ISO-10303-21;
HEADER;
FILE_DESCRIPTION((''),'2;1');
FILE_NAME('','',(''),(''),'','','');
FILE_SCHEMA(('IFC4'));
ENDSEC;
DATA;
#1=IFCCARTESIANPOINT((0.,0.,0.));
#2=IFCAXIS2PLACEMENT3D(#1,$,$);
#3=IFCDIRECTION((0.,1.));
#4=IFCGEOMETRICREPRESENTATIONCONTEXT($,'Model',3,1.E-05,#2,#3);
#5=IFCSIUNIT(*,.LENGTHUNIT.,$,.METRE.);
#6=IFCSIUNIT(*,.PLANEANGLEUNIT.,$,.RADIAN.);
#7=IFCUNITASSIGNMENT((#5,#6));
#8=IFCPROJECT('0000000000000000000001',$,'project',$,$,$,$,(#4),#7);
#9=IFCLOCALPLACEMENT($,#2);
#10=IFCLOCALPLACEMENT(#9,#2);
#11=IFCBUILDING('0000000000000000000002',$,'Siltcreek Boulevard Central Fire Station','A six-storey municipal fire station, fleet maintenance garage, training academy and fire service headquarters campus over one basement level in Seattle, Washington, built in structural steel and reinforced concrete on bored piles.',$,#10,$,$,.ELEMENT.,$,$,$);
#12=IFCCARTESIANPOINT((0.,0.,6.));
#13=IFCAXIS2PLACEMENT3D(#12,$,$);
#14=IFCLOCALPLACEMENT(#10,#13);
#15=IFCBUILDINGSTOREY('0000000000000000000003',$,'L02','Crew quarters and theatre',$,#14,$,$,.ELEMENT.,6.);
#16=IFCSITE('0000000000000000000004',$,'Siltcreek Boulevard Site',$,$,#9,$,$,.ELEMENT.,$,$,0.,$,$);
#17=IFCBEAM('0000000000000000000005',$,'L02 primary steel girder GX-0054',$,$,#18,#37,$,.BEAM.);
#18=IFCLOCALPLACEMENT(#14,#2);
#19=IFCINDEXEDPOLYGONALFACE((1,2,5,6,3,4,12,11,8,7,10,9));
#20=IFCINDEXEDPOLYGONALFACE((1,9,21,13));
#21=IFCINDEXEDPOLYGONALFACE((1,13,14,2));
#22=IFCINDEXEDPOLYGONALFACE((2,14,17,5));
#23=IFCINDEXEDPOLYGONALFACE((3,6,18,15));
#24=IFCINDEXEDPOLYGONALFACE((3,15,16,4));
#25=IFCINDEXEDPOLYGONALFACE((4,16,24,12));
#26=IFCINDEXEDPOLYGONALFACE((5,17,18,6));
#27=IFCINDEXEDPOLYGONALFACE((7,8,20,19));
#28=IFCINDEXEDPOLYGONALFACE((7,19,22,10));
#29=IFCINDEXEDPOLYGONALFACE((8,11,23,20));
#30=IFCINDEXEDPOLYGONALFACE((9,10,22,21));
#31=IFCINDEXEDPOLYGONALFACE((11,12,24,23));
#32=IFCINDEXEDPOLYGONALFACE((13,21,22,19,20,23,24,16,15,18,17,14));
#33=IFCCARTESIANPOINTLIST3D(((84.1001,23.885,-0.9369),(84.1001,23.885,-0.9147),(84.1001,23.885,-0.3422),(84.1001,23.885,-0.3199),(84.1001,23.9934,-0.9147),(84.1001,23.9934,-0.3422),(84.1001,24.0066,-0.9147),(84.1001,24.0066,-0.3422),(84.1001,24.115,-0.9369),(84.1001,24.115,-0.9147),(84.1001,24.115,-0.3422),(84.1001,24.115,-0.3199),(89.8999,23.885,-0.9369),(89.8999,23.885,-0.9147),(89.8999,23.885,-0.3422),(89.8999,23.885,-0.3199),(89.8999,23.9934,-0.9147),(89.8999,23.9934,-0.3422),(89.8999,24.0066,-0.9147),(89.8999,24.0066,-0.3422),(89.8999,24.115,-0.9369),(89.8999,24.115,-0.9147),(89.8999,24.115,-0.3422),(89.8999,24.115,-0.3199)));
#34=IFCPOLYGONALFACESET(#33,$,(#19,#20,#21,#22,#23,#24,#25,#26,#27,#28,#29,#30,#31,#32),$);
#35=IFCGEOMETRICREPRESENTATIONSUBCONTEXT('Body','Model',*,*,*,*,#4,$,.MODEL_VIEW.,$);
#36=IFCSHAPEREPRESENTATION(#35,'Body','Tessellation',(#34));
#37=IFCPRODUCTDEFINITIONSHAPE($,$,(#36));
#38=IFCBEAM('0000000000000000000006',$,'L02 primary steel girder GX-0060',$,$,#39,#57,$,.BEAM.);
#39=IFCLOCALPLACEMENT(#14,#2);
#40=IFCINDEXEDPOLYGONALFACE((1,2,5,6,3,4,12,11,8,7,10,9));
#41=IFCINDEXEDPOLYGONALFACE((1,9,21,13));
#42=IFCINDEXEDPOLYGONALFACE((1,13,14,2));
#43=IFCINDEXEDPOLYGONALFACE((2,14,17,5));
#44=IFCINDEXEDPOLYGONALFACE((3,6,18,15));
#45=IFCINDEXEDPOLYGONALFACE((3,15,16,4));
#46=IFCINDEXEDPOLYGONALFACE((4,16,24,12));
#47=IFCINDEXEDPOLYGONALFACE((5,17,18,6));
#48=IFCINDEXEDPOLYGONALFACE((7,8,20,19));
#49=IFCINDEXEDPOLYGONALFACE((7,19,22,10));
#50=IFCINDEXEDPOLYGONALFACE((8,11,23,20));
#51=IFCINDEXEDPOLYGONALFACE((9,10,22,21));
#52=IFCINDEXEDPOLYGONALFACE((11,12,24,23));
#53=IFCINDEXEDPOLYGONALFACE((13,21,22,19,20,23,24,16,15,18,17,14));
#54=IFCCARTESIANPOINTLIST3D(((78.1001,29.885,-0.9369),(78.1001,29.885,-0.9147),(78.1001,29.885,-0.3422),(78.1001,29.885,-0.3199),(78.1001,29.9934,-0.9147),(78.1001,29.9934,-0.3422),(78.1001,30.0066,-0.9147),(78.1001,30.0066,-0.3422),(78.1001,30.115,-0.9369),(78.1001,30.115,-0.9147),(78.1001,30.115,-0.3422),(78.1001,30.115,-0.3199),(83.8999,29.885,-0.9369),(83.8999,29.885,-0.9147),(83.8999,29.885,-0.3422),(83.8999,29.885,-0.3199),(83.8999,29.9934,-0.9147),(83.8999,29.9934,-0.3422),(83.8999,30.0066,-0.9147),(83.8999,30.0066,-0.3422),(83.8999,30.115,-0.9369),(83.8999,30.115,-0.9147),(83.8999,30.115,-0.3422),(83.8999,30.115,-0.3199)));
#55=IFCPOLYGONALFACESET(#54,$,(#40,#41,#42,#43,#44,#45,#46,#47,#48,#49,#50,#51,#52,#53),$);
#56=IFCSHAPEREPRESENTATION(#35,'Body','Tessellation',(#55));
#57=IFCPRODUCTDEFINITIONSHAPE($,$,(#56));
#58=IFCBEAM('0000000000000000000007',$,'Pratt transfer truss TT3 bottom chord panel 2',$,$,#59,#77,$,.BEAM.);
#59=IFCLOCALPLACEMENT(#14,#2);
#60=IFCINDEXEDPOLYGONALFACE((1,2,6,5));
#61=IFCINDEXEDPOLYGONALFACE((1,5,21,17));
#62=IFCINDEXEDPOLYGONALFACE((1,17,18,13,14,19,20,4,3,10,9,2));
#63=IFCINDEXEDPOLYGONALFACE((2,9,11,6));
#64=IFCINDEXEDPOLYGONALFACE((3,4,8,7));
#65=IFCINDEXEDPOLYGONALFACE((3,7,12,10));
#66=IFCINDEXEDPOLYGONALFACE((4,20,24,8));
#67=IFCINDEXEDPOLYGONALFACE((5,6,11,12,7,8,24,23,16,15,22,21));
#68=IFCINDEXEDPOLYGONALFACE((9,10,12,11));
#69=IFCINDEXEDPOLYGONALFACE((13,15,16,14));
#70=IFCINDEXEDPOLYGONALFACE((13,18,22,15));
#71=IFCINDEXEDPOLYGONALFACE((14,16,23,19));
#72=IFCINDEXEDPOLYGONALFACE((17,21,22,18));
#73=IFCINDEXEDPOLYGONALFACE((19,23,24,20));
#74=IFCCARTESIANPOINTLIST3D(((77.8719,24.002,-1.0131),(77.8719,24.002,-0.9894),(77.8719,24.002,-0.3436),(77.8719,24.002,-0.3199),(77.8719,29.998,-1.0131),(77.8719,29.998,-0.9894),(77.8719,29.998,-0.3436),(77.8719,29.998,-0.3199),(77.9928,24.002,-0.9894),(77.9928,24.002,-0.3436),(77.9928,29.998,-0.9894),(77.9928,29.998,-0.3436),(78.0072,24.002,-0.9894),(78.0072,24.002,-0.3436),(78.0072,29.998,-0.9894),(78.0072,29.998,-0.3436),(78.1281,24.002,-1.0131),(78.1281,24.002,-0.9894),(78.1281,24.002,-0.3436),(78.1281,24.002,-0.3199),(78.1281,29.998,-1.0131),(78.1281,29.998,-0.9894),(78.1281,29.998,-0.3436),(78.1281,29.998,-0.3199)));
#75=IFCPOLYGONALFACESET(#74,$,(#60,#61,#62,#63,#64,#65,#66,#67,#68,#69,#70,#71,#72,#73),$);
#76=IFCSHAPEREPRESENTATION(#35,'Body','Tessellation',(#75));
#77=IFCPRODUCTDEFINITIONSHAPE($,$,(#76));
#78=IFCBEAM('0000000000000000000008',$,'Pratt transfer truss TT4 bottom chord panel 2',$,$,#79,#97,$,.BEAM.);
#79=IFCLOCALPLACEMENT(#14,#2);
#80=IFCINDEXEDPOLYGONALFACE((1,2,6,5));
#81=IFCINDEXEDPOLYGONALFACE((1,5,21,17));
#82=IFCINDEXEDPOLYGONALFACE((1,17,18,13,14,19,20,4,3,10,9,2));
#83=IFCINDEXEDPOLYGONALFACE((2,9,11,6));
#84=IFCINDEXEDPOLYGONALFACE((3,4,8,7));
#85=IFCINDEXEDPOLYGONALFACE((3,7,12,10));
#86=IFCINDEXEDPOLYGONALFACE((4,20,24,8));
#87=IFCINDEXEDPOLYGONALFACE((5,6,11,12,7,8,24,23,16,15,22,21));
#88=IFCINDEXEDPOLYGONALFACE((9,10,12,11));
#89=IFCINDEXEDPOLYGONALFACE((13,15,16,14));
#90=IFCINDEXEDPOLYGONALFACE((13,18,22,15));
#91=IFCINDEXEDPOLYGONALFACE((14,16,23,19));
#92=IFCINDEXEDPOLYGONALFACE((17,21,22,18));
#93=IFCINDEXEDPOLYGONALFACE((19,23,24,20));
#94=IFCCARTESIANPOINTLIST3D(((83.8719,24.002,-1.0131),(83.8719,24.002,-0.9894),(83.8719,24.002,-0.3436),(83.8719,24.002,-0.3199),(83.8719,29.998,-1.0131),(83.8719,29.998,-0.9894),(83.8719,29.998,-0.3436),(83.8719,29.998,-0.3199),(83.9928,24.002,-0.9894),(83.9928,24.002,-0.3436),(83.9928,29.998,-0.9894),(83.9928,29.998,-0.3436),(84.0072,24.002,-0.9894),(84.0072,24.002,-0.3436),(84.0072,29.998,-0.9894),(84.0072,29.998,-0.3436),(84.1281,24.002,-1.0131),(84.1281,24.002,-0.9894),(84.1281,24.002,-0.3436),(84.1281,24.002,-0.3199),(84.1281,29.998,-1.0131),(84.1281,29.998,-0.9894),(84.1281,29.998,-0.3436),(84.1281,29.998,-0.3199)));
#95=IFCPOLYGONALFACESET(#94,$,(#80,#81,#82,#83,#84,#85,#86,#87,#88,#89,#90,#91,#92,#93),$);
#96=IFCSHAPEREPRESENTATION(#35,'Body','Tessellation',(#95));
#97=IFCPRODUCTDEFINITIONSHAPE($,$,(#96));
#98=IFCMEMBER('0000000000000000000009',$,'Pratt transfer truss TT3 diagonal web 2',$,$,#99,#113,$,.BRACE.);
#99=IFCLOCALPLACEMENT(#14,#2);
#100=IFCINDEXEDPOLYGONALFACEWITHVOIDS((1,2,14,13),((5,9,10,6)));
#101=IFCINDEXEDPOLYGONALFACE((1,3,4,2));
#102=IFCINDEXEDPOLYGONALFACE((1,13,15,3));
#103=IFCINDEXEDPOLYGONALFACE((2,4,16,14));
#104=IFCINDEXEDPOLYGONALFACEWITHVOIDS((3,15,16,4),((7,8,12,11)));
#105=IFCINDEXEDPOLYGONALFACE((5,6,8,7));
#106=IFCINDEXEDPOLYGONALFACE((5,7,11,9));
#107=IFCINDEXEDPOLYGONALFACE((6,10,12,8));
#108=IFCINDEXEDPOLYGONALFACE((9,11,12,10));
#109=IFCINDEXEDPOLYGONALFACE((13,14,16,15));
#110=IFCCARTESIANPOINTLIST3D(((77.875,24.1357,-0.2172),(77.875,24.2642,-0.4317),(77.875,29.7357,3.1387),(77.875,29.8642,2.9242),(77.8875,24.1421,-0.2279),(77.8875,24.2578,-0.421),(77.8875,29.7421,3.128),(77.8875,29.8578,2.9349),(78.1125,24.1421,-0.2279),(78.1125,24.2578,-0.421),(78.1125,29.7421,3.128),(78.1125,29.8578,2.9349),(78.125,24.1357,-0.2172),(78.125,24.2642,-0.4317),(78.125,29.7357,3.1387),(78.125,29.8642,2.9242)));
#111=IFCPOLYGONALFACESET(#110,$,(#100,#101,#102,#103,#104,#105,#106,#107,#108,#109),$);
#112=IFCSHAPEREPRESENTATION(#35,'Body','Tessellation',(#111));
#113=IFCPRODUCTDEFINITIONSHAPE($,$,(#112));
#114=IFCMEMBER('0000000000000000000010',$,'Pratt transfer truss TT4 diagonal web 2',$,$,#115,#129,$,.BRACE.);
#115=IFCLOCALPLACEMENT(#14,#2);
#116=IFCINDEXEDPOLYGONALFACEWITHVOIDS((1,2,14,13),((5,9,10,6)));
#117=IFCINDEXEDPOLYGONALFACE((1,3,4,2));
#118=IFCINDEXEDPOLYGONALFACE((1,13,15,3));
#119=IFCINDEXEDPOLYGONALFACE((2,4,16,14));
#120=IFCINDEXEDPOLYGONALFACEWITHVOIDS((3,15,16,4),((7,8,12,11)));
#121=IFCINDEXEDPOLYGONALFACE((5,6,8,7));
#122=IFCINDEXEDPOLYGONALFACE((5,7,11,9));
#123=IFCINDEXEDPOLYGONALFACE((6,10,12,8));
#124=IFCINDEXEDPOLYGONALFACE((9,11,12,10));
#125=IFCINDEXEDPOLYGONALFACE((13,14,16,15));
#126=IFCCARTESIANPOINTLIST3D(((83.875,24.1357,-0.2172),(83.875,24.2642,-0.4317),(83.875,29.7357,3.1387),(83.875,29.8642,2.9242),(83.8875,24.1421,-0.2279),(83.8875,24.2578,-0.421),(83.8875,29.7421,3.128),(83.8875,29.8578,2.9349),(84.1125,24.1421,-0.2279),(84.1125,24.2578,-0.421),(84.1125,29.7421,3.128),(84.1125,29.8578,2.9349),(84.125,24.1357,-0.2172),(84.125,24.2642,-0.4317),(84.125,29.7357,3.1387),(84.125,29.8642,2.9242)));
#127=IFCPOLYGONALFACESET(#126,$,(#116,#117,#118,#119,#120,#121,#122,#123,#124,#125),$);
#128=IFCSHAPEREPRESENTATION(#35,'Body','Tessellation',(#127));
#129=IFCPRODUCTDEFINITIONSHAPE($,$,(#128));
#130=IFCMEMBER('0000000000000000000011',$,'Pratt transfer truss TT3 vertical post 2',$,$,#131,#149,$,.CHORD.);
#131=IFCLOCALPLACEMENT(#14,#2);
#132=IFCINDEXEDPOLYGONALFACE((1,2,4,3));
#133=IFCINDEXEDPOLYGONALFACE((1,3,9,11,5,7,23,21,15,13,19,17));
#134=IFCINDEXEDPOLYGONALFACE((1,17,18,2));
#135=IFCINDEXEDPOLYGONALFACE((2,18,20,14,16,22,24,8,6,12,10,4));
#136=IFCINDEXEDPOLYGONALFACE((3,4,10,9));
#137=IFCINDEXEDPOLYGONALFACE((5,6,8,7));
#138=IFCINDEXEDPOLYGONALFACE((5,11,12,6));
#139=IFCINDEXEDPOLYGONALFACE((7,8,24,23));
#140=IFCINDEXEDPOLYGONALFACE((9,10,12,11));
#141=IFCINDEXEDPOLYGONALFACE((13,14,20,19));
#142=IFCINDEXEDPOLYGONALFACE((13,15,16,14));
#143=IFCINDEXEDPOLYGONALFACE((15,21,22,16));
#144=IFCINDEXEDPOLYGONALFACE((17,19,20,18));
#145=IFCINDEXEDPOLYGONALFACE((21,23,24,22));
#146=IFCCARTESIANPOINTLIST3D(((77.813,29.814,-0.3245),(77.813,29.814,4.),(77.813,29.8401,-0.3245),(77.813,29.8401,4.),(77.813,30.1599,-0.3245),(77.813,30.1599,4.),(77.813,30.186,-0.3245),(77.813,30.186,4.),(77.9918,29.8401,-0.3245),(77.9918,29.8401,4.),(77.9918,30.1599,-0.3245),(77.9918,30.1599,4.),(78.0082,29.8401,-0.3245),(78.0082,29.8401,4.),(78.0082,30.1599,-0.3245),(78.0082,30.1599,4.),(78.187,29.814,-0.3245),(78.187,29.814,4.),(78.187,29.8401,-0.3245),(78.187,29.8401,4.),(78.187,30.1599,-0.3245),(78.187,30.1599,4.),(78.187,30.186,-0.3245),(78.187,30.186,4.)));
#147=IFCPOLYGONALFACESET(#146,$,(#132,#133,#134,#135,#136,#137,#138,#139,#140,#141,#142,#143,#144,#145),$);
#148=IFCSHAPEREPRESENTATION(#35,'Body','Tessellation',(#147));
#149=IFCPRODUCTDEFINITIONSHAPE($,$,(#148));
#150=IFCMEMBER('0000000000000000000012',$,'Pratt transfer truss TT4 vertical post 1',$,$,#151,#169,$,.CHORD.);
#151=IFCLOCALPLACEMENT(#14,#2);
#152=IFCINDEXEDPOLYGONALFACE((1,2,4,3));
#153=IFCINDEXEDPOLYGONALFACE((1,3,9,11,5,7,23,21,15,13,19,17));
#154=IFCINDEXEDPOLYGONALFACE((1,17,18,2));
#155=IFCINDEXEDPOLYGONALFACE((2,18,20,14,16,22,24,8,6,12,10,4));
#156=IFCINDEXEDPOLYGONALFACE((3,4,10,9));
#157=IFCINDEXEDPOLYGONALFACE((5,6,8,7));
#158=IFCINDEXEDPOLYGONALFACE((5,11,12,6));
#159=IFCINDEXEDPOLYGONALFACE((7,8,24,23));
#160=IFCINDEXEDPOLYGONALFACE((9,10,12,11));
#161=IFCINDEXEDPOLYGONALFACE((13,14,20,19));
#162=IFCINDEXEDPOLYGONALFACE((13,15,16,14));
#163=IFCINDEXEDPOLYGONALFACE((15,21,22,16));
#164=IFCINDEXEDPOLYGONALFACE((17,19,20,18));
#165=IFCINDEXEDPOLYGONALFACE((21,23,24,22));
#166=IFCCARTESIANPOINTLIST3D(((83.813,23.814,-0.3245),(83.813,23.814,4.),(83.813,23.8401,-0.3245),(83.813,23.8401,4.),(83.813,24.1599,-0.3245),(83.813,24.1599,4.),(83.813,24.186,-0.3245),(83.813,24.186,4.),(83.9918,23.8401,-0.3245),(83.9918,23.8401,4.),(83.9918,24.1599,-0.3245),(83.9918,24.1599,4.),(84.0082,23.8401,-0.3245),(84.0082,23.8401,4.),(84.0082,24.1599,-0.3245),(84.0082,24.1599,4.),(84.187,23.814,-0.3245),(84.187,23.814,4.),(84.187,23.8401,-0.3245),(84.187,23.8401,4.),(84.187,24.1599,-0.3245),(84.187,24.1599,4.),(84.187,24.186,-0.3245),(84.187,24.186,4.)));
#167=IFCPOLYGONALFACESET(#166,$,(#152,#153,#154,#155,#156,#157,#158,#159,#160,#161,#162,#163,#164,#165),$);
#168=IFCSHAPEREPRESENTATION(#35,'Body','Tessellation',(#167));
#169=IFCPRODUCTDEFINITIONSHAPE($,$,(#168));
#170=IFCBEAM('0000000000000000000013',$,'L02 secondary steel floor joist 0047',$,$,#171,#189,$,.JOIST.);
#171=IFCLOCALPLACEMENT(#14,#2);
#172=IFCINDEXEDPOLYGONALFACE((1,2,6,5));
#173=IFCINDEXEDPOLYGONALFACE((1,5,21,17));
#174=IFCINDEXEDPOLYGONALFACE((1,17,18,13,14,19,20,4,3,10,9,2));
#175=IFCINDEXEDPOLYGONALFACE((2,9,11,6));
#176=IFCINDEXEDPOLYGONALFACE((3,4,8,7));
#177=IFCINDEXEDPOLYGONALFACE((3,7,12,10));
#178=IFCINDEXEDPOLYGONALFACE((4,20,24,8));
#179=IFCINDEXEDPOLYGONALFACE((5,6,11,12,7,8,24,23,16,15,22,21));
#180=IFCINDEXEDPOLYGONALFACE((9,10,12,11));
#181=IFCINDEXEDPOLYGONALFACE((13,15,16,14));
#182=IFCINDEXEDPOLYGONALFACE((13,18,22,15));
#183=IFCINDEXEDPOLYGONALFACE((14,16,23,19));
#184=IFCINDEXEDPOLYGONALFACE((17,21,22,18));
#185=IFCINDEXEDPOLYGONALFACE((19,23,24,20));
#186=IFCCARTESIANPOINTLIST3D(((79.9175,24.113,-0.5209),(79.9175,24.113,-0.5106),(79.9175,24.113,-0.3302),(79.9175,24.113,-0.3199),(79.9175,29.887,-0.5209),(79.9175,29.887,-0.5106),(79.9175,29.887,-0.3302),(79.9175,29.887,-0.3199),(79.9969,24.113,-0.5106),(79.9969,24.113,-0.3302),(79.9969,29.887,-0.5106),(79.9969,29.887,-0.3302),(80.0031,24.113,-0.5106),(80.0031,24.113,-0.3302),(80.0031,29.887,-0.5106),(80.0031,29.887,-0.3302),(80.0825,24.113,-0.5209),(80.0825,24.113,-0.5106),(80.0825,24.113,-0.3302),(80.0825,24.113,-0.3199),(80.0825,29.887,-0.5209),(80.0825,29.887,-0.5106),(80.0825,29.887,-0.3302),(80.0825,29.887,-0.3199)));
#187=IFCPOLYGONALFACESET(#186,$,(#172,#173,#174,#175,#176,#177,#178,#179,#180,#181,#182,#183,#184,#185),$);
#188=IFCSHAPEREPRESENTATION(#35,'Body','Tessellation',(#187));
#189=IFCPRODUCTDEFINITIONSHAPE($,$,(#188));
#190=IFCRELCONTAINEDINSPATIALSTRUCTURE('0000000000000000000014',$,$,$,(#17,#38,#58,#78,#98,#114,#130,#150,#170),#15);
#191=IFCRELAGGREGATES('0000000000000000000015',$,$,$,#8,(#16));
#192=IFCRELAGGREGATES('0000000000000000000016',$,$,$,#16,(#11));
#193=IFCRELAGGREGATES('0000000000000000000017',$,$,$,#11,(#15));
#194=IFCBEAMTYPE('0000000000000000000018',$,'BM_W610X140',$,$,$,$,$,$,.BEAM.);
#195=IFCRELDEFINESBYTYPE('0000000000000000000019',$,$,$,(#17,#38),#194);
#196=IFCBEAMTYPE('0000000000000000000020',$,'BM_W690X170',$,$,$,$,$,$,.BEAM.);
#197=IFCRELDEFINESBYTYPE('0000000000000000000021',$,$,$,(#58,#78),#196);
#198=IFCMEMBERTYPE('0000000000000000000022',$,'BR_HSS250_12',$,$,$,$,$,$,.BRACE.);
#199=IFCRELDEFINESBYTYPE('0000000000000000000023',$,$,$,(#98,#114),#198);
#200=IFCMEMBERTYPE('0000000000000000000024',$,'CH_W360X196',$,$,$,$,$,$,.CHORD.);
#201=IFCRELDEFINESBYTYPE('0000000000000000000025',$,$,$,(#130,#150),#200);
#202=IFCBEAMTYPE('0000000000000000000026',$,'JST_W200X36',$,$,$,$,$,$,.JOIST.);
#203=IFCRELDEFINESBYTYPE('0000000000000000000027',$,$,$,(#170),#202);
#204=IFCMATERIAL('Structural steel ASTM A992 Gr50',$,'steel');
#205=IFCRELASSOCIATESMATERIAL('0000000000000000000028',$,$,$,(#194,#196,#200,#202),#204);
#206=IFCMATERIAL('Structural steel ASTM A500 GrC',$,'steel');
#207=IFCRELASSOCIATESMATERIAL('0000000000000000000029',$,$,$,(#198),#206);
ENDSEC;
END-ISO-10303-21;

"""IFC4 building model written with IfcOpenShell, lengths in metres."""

from ifc_helpers import new_model, si_unit, direction, frame, origin, origin_2d, place, context, subcontext, project, spatial, hollow_rectangle, i_section, extrude, material, material_profile, profile_set, type_object, element, save


model = new_model("IFC4")

# Units and contexts
model_context = context("Model", 3, precision=1e-05, world=origin(), true_north=direction((0.0, 1.0)))
body_context = subcontext(model_context, "Body", "Model", "MODEL_VIEW")
ifc_project = project(units=[si_unit("LENGTHUNIT", "METRE"), si_unit("PLANEANGLEUNIT", "RADIAN")], contexts=[model_context])

# Site, building, storey
site_placement = place(None, origin())
site = spatial("IfcSite", under=ifc_project, at=site_placement, Name="Siltcreek Boulevard Site", CompositionType="ELEMENT", RefElevation=0.0)
building_placement = place(site_placement, origin())
building = spatial("IfcBuilding", under=site, at=building_placement, Name="Siltcreek Boulevard Central Fire Station", Description="A six-storey municipal fire station, fleet maintenance garage, training academy and fire service headquarters campus over one basement level in Seattle, Washington, built in structural steel and reinforced concrete on bored piles.", CompositionType="ELEMENT")
storey_placement = place(building_placement, frame((0.0, 0.0, 6.0)))
storey = spatial("IfcBuildingStorey", under=building, at=storey_placement, Name="L02", Description="Crew quarters and theatre", CompositionType="ELEMENT", Elevation=6.0)

# Beams
ifc_material_1 = material(Name="Structural steel ASTM A992 Gr50", Category="steel")
ifc_material_profile_1 = material_profile(ifc_material_1, i_section(OverallWidth=0.23, OverallDepth=0.6169, WebThickness=0.0132, FlangeThickness=0.0222, at=origin_2d()), Name="W610X140")
ifc_profile_set_1 = profile_set([ifc_material_profile_1], Name="Structural steel ASTM A992 Gr50")
beam_type_1 = type_object("IfcBeamType", Name="BM_W610X140", PredefinedType="BEAM", material=ifc_profile_set_1)
for number, where, z_axis, x_axis, name in (
    (1, (84.1001, 24.0, -0.6284), (1.0, 0.0, 0.0), (0.0, 1.0, 0.0), "L02 primary steel girder GX-0054"),
    (2, (78.1001, 30.0, -0.6284), (1.0, 0.0, 0.0), (0.0, 1.0, 0.0), "L02 primary steel girder GX-0060"),
):
    element("IfcBeam", number, at=place(storey_placement, frame(where, z_axis=z_axis, x_axis=x_axis)), inside=storey, type_object=beam_type_1, Name=name, PredefinedType="BEAM", context=body_context, shape_type="SweptSolid", body=[
        extrude(i_section(OverallWidth=0.23, OverallDepth=0.6169, WebThickness=0.0132, FlangeThickness=0.0222, at=origin_2d()), origin(), (0.0, 0.0, 1.0), 5.7998),
    ])
ifc_material_profile_2 = material_profile(ifc_material_1, i_section(OverallWidth=0.2561, OverallDepth=0.6931, WebThickness=0.0144, FlangeThickness=0.0237, at=origin_2d()), Name="W690X170")
ifc_profile_set_2 = profile_set([ifc_material_profile_2], Name="Structural steel ASTM A992 Gr50")
beam_type_2 = type_object("IfcBeamType", Name="BM_W690X170", PredefinedType="BEAM", material=ifc_profile_set_2)
for number, where, z_axis, x_axis, name in (
    (3, (78.0, 24.002, -0.6665), (0.0, 1.0, 0.0), (-1.0, 0.0, 0.0), "Pratt transfer truss TT3 bottom chord panel 2"),
    (4, (84.0, 24.002, -0.6665), (0.0, 1.0, 0.0), (-1.0, 0.0, 0.0), "Pratt transfer truss TT4 bottom chord panel 2"),
):
    element("IfcBeam", number, at=place(storey_placement, frame(where, z_axis=z_axis, x_axis=x_axis)), inside=storey, type_object=beam_type_2, Name=name, PredefinedType="BEAM", context=body_context, shape_type="SweptSolid", body=[
        extrude(i_section(OverallWidth=0.2561, OverallDepth=0.6931, WebThickness=0.0144, FlangeThickness=0.0237, at=origin_2d()), origin(), (0.0, 0.0, 1.0), 5.9961),
    ])

# Members
ifc_material_2 = material(Name="Structural steel ASTM A500 GrC", Category="steel")
ifc_material_profile_3 = material_profile(ifc_material_2, hollow_rectangle(XDim=0.25, YDim=0.25, WallThickness=0.0125, at=origin_2d()), Name="HSS250X250X12.5")
ifc_profile_set_3 = profile_set([ifc_material_profile_3], Name="Structural steel ASTM A500 GrC")
member_type_1 = type_object("IfcMemberType", Name="BR_HSS250_12", PredefinedType="BRACE", material=ifc_profile_set_3)
for number, where, z_axis, x_axis, name in (
    (5, (78.0, 24.2, -0.3245), (0.0, 0.85777, 0.514034), (-1.0, 0.0, 0.0), "Pratt transfer truss TT3 diagonal web 2"),
    (6, (84.0, 24.2, -0.3245), (0.0, 0.85777, 0.514034), (-1.0, 0.0, 0.0), "Pratt transfer truss TT4 diagonal web 2"),
):
    element("IfcMember", number, at=place(storey_placement, frame(where, z_axis=z_axis, x_axis=x_axis)), inside=storey, type_object=member_type_1, Name=name, PredefinedType="BRACE", context=body_context, shape_type="SweptSolid", body=[
        extrude(hollow_rectangle(XDim=0.25, YDim=0.25, WallThickness=0.0125, at=origin_2d()), origin(), (0.0, 0.0, 1.0), 6.5286),
    ])
ifc_material_profile_4 = material_profile(ifc_material_1, i_section(OverallWidth=0.374, OverallDepth=0.3721, WebThickness=0.0164, FlangeThickness=0.0261, at=origin_2d()), Name="W360X196")
ifc_profile_set_4 = profile_set([ifc_material_profile_4], Name="Structural steel ASTM A992 Gr50")
member_type_2 = type_object("IfcMemberType", Name="CH_W360X196", PredefinedType="CHORD", material=ifc_profile_set_4)
for number, where, z_axis, x_axis, name in (
    (7, (78.0, 30.0, -0.3245), (0.0, 0.0, 1.0), (1.0, 0.0, 0.0), "Pratt transfer truss TT3 vertical post 2"),
    (8, (84.0, 24.0, -0.3245), (0.0, 0.0, 1.0), (1.0, 0.0, 0.0), "Pratt transfer truss TT4 vertical post 1"),
):
    element("IfcMember", number, at=place(storey_placement, frame(where, z_axis=z_axis, x_axis=x_axis)), inside=storey, type_object=member_type_2, Name=name, PredefinedType="CHORD", context=body_context, shape_type="SweptSolid", body=[
        extrude(i_section(OverallWidth=0.374, OverallDepth=0.3721, WebThickness=0.0164, FlangeThickness=0.0261, at=origin_2d()), origin(), (0.0, 0.0, 1.0), 4.3245),
    ])

# Beam
ifc_material_profile_5 = material_profile(ifc_material_1, i_section(OverallWidth=0.165, OverallDepth=0.2009, WebThickness=0.0061, FlangeThickness=0.0103, at=origin_2d()), Name="W200X36")
ifc_profile_set_5 = profile_set([ifc_material_profile_5], Name="Structural steel ASTM A992 Gr50")
beam_type_3 = type_object("IfcBeamType", Name="JST_W200X36", PredefinedType="JOIST", material=ifc_profile_set_5)
beam_1_placement = place(storey_placement, frame((80.0, 24.113, -0.4204), z_axis=(0.0, 1.0, 0.0), x_axis=(-1.0, 0.0, 0.0)))
element("IfcBeam", 9, at=beam_1_placement, inside=storey, type_object=beam_type_3, Name="L02 secondary steel floor joist 0047", PredefinedType="JOIST", context=body_context, shape_type="SweptSolid", body=[
    extrude(i_section(OverallWidth=0.165, OverallDepth=0.2009, WebThickness=0.0061, FlangeThickness=0.0103, at=origin_2d()), origin(), (0.0, 0.0, 1.0), 5.7739),
])

save(model, "model.ifc")
